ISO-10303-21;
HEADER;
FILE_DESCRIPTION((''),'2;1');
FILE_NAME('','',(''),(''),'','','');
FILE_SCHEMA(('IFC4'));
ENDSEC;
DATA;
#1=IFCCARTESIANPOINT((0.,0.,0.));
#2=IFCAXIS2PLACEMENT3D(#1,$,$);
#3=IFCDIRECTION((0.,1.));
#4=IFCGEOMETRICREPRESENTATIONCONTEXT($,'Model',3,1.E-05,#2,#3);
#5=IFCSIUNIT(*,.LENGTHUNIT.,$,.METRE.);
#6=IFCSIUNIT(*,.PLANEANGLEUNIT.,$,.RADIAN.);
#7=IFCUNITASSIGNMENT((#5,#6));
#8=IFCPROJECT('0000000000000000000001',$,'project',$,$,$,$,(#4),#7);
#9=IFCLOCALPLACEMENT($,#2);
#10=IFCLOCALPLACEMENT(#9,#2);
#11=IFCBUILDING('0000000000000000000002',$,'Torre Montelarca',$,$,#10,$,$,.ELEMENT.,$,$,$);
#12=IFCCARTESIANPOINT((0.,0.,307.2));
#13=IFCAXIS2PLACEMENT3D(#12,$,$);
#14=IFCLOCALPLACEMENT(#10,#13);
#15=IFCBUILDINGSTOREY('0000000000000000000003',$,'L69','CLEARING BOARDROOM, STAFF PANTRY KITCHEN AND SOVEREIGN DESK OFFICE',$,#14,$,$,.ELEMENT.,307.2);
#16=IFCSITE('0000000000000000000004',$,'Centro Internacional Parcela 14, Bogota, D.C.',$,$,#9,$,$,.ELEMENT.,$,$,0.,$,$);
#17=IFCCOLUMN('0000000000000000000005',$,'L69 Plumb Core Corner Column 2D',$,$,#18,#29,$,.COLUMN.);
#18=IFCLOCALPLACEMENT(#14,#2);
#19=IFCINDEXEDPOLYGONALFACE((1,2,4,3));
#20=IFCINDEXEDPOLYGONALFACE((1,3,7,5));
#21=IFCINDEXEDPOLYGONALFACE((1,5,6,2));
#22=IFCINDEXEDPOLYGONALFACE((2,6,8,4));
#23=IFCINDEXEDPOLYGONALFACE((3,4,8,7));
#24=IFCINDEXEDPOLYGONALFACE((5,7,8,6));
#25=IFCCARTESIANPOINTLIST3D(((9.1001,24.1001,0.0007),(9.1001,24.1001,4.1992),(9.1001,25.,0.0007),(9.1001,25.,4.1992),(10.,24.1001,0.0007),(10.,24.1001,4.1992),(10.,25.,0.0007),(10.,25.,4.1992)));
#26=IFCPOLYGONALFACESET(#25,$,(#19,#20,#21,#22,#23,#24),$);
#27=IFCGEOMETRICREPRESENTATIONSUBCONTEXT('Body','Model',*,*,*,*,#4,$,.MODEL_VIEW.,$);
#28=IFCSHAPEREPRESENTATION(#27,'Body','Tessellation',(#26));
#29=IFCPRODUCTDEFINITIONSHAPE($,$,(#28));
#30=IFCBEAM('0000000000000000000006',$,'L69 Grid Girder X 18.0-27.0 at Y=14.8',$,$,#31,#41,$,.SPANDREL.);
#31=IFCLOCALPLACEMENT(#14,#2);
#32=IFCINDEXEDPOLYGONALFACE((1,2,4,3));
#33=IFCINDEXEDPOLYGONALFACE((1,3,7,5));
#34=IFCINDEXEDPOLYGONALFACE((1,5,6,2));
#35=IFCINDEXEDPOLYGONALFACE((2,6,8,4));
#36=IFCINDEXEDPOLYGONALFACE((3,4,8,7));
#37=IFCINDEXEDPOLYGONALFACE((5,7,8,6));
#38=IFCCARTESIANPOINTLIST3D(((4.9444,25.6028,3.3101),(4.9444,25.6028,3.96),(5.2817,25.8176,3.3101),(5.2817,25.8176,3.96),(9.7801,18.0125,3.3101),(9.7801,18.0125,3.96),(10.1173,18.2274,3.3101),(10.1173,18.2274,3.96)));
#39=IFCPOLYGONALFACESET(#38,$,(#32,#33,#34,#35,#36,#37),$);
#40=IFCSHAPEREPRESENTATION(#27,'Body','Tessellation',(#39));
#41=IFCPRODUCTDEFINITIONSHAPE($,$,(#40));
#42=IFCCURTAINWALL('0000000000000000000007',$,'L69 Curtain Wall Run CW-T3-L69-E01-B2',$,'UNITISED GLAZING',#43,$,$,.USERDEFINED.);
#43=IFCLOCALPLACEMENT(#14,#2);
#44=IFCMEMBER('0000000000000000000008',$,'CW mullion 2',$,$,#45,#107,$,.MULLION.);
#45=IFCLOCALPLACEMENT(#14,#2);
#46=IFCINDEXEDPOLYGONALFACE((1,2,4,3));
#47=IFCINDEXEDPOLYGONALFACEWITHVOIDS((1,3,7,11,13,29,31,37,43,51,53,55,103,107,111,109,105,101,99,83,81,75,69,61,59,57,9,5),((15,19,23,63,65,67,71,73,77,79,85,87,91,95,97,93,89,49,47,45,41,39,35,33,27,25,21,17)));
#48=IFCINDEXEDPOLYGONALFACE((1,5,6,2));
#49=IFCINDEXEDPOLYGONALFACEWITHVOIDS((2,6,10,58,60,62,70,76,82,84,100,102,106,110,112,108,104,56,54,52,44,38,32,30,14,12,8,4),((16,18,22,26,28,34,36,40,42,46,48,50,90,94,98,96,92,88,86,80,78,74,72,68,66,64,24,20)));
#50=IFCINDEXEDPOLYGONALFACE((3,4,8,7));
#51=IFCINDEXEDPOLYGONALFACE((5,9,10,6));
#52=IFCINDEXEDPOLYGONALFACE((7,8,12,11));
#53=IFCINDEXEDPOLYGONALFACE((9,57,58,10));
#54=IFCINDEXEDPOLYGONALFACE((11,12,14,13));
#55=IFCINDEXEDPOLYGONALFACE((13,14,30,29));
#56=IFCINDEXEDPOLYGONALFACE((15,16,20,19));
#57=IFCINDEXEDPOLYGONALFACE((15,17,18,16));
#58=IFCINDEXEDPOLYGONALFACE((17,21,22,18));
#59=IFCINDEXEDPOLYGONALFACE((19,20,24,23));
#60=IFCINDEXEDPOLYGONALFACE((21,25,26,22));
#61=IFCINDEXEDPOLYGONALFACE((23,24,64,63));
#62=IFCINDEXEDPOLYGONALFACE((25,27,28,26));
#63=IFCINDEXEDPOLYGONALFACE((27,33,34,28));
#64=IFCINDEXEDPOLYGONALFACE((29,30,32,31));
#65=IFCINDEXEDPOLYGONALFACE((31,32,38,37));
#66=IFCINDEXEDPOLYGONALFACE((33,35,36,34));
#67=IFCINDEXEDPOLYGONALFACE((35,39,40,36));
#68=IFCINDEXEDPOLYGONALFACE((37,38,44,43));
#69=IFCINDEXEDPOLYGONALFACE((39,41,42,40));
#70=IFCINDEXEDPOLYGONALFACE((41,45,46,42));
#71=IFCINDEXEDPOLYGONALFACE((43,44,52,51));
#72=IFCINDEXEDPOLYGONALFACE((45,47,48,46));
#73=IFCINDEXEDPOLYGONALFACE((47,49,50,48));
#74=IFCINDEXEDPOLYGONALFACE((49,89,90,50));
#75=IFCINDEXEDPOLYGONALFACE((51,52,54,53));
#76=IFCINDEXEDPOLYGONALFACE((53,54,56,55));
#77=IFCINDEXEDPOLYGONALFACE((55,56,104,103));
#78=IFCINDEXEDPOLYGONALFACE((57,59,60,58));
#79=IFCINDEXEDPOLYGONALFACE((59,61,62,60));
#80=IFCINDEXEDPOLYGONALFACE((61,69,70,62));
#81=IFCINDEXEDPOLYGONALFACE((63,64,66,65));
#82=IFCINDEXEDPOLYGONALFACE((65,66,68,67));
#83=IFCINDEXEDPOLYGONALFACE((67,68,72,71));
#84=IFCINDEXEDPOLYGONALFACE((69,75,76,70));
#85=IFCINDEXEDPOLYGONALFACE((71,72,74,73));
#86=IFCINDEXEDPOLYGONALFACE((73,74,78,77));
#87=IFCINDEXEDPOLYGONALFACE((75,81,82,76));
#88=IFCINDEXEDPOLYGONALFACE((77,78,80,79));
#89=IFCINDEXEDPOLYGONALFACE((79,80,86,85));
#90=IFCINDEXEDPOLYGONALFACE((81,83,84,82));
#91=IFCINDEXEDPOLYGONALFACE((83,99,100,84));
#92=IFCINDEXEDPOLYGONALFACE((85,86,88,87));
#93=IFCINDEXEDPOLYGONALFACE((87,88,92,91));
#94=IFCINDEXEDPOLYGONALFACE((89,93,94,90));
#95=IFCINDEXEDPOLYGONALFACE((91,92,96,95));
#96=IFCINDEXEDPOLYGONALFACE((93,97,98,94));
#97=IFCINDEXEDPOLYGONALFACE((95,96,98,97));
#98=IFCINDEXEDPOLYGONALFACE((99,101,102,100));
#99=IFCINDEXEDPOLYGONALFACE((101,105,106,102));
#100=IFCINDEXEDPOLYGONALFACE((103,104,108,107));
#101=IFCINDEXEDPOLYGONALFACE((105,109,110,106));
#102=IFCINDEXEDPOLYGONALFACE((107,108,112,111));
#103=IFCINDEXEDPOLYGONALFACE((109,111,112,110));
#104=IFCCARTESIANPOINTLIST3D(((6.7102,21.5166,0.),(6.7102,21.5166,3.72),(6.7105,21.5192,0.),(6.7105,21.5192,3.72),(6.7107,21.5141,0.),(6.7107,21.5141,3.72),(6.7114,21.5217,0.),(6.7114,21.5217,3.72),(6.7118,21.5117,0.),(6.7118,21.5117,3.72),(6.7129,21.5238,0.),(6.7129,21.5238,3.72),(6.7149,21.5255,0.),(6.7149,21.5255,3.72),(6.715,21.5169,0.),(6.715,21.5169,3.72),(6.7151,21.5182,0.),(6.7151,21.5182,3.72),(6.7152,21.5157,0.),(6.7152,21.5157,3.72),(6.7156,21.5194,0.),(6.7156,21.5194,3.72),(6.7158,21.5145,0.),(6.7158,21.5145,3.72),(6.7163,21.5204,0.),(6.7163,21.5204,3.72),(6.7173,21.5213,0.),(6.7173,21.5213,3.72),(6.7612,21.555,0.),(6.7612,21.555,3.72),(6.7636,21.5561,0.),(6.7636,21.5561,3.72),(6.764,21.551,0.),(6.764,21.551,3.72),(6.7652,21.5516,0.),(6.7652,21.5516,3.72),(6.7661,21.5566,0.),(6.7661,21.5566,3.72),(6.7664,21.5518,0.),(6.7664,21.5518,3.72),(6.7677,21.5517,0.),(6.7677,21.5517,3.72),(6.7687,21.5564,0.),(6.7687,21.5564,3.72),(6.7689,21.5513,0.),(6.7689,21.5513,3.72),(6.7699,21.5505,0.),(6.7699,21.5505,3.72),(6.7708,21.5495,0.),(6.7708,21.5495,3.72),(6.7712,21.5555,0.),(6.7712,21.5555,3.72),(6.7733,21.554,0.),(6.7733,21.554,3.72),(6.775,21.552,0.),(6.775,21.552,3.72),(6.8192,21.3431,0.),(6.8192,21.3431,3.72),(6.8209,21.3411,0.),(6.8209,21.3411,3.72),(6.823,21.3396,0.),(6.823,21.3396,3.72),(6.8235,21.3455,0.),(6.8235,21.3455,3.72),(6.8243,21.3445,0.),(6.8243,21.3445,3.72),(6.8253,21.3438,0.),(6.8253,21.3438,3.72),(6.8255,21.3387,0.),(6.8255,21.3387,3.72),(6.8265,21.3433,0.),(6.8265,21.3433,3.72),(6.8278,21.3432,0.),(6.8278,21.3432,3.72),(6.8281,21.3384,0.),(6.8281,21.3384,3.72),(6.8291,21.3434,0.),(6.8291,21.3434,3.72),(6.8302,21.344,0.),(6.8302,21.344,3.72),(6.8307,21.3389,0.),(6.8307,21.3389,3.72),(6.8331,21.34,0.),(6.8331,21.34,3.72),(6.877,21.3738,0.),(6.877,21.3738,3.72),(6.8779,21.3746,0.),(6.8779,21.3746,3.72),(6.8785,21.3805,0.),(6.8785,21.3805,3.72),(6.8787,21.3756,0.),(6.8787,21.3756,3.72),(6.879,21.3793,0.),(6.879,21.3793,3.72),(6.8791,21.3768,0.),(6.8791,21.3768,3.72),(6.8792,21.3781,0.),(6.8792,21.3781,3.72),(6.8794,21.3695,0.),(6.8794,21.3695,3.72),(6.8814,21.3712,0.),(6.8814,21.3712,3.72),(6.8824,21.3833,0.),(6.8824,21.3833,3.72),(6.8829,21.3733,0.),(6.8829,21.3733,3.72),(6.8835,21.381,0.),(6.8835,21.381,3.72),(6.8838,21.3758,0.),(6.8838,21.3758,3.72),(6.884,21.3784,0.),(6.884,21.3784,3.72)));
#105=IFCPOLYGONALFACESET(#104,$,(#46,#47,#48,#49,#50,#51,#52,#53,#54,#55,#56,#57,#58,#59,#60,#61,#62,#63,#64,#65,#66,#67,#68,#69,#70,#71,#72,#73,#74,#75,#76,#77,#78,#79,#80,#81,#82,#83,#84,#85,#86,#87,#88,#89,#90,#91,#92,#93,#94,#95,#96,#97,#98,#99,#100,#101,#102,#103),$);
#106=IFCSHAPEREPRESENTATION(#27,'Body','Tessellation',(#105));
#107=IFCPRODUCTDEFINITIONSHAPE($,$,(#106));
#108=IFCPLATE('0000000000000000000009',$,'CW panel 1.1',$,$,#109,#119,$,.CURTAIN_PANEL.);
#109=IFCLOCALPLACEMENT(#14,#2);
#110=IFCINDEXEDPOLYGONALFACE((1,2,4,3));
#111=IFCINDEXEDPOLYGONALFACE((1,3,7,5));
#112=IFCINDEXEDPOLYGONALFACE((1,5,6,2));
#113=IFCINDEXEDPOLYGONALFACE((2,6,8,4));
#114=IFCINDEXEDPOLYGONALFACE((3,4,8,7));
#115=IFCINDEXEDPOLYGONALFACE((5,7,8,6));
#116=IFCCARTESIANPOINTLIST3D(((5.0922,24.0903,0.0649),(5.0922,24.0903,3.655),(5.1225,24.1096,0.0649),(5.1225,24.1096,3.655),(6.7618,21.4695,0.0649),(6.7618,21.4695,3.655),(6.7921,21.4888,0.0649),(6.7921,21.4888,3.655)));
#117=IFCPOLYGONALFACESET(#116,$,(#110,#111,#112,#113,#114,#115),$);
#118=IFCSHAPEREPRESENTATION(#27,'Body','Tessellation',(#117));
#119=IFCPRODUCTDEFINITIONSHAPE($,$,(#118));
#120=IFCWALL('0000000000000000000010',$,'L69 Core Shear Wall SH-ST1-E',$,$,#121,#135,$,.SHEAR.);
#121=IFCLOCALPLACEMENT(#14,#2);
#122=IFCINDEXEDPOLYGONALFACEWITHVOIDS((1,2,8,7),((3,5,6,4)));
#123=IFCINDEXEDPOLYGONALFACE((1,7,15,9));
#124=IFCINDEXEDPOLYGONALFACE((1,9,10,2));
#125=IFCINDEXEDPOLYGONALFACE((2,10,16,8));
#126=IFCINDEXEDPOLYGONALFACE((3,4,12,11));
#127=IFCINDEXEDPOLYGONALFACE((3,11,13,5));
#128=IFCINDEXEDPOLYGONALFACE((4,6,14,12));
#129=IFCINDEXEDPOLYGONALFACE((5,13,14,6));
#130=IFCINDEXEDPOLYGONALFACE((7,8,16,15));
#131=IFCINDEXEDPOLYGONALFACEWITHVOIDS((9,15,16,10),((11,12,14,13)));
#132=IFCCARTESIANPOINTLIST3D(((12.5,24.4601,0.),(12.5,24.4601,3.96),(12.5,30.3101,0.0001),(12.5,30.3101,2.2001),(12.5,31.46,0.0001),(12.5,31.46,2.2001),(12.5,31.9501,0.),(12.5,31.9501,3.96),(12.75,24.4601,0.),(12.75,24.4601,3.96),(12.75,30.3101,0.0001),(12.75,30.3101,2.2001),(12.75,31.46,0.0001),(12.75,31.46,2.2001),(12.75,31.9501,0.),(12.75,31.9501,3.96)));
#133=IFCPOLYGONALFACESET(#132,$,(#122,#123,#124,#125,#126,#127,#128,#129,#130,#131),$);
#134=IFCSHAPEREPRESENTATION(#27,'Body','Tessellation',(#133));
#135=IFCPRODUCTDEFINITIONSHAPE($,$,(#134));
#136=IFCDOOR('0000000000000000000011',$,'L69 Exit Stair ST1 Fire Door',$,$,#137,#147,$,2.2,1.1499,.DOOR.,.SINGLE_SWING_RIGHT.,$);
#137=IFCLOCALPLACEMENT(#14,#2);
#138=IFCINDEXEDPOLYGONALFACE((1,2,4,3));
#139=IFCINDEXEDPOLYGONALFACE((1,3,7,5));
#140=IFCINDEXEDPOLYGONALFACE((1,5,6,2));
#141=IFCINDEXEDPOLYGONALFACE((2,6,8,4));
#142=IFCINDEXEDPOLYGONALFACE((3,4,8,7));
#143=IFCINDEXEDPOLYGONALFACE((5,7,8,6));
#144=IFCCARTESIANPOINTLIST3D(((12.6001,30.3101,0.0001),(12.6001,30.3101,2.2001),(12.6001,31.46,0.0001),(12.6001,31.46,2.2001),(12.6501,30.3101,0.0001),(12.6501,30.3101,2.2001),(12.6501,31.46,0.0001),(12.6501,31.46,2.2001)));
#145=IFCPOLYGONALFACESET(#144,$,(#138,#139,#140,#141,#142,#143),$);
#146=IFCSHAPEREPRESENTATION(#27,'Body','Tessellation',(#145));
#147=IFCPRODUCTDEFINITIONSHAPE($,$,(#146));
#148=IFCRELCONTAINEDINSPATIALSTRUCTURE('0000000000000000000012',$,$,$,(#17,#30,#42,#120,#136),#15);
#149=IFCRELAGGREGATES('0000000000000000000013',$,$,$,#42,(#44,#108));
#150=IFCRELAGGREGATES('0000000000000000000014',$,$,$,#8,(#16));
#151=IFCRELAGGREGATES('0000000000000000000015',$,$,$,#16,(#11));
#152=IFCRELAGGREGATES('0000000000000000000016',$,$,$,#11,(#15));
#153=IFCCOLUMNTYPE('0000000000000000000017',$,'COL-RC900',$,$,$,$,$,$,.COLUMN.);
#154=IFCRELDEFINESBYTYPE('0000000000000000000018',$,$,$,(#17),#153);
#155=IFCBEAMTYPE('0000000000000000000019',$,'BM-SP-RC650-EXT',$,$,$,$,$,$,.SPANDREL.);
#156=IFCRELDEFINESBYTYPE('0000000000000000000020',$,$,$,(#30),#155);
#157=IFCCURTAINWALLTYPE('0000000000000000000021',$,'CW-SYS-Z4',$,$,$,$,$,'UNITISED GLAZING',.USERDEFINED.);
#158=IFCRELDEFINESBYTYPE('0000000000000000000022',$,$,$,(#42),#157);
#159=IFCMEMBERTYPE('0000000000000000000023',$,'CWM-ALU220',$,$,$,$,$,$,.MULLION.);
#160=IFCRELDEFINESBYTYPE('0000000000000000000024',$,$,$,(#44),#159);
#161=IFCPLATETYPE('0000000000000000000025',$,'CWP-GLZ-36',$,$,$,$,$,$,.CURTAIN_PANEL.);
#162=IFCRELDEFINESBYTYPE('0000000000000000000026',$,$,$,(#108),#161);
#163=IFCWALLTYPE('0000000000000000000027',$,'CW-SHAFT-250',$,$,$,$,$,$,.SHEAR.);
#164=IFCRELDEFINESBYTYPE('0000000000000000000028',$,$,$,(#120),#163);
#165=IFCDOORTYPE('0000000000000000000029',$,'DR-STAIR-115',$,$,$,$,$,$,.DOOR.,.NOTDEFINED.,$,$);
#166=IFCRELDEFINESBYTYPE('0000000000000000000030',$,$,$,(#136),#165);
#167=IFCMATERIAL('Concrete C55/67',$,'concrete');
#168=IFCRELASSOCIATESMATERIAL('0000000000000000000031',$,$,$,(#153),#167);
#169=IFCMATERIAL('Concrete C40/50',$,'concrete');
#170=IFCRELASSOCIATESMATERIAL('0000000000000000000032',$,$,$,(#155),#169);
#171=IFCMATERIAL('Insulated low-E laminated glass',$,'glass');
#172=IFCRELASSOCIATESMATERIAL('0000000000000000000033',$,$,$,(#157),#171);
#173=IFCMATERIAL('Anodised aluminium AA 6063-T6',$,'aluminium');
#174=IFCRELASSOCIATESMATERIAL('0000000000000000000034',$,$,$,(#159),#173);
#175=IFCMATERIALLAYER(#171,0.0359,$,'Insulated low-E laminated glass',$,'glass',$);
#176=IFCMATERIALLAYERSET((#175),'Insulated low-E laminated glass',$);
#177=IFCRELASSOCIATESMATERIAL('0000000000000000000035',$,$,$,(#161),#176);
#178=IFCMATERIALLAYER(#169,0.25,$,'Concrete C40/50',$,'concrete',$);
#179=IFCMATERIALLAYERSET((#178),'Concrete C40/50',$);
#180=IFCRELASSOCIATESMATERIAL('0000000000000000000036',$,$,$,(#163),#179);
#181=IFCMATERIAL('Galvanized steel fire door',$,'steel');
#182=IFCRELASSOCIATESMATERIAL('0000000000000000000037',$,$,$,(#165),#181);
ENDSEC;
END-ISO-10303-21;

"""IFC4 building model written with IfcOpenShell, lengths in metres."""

from ifc_helpers import new_model, si_unit, direction, frame, frame_2d, origin, origin_2d, place, context, subcontext, project, spatial, rectangle, hollow_rectangle, extrude, source, transform, mapped, material, layer, layer_set, material_profile, profile_set, type_object, element, fill, aggregate, save


model = new_model("IFC4")

# Units and contexts
model_context = context("Model", 3, precision=1e-05, world=origin(), true_north=direction((0.0, 1.0)))
body_context = subcontext(model_context, "Body", "Model", "MODEL_VIEW")
ifc_project = project(units=[si_unit("LENGTHUNIT", "METRE"), si_unit("PLANEANGLEUNIT", "RADIAN")], contexts=[model_context])

# Site, building, storey
site_placement = place(None, origin())
site = spatial("IfcSite", under=ifc_project, at=site_placement, Name="Centro Internacional Parcela 14, Bogota, D.C.", CompositionType="ELEMENT", RefElevation=0.0)
building_placement = place(site_placement, origin())
building = spatial("IfcBuilding", under=site, at=building_placement, Name="Torre Montelarca", CompositionType="ELEMENT")
storey_placement = place(building_placement, frame((0.0, 0.0, 307.2)))
storey = spatial("IfcBuildingStorey", under=building, at=storey_placement, Name="L69", Description="CLEARING BOARDROOM, STAFF PANTRY KITCHEN AND SOVEREIGN DESK OFFICE", CompositionType="ELEMENT", Elevation=307.2)

# Column
ifc_material_1 = material(Name="Concrete C55/67", Category="concrete")
ifc_material_profile_1 = material_profile(ifc_material_1, rectangle(XDim=0.8999, YDim=0.8999, at=origin_2d()), Name="RC900X900", Category="concrete")
ifc_profile_set_1 = profile_set([ifc_material_profile_1], Name="Concrete C55/67")
column_type = type_object("IfcColumnType", Name="COL-RC900", PredefinedType="COLUMN", material=ifc_profile_set_1)
shared_shape_1 = source(origin(), body_context, "Body", "SweptSolid", [
    extrude(rectangle(XDim=0.8999, YDim=0.8999, at=origin_2d()), origin(), (0.0, 0.0, 1.0), 4.1985),
])
column_placement = place(storey_placement, frame((9.55, 24.55, 0.0007), z_axis=(0.0, 0.0, 1.0), x_axis=(1.0, 0.0, 0.0)))
element("IfcColumn", 1, at=column_placement, inside=storey, type_object=column_type, Name="L69 Plumb Core Corner Column 2D", PredefinedType="COLUMN", context=body_context, shape_type="MappedRepresentation", body=[
    mapped(shared_shape_1, transform((0.0, 0.0, 0.0), scale=1.0)),
])

# Beam
ifc_material_2 = material(Name="Concrete C40/50", Category="concrete")
ifc_material_profile_2 = material_profile(ifc_material_2, rectangle(XDim=0.3999, YDim=0.6499, at=origin_2d()), Name="RCB400X650", Category="concrete")
ifc_profile_set_2 = profile_set([ifc_material_profile_2], Name="Concrete C40/50")
beam_type = type_object("IfcBeamType", Name="BM-SP-RC650-EXT", PredefinedType="SPANDREL", material=ifc_profile_set_2)
shared_shape_2 = source(origin(), body_context, "Body", "SweptSolid", [
    extrude(rectangle(XDim=0.3999, YDim=0.6499, at=origin_2d()), origin(), (0.0, 0.0, 1.0), 8.9998),
])
beam_placement = place(storey_placement, frame((5.113, 25.7102, 3.635), z_axis=(0.537309, -0.843385, 0.0), x_axis=(0.843385, 0.537309, 0.0)))
element("IfcBeam", 2, at=beam_placement, inside=storey, type_object=beam_type, Name="L69 Grid Girder X 18.0-27.0 at Y=14.8", PredefinedType="SPANDREL", context=body_context, shape_type="MappedRepresentation", body=[
    mapped(shared_shape_2, transform((0.0, 0.0, 0.0), scale=1.0)),
])

# Curtain wall, member, plate
ifc_material_3 = material(Name="Insulated low-E laminated glass", Category="glass")
curtain_wall_type = type_object("IfcCurtainWallType", Name="CW-SYS-Z4", ElementType="UNITISED GLAZING", PredefinedType="USERDEFINED", material=ifc_material_3)
curtain_wall_placement = place(storey_placement, origin())
curtain_wall = element("IfcCurtainWall", 3, at=curtain_wall_placement, inside=storey, type_object=curtain_wall_type, Name="L69 Curtain Wall Run CW-T3-L69-E01-B2", ObjectType="UNITISED GLAZING", PredefinedType="USERDEFINED")
ifc_material_4 = material(Name="Anodised aluminium AA 6063-T6", Category="aluminium")
ifc_material_profile_3 = material_profile(ifc_material_4, hollow_rectangle(XDim=0.075, YDim=0.22, WallThickness=0.0049, InnerFilletRadius=0.0049, OuterFilletRadius=0.01, at=origin_2d()), Name="ALU75X220X5", Category="aluminium")
ifc_profile_set_3 = profile_set([ifc_material_profile_3], Name="Anodised aluminium AA 6063-T6")
member_type = type_object("IfcMemberType", Name="CWM-ALU220", PredefinedType="MULLION", material=ifc_profile_set_3)
shared_shape_3 = source(origin(), body_context, "Body", "SweptSolid", [
    extrude(hollow_rectangle(XDim=0.075, YDim=0.22, WallThickness=0.0049, InnerFilletRadius=0.0049, OuterFilletRadius=0.01, at=origin_2d()), origin(), (0.0, 0.0, 1.0), 3.72),
])
member_placement = place(storey_placement, frame((6.7971, 21.4475, 0.0), z_axis=(0.0, 0.0, 1.0), x_axis=(0.84339, 0.537301, 0.0)))
member = element("IfcMember", 4, at=member_placement, type_object=member_type, Name="CW mullion 2", PredefinedType="MULLION", context=body_context, shape_type="MappedRepresentation", body=[
    mapped(shared_shape_3, transform((0.0, 0.0, 0.0), scale=1.0)),
])
ifc_layer_1 = layer(ifc_material_3, 0.0359, Name="Insulated low-E laminated glass", Category="glass")
ifc_layer_set_1 = layer_set([ifc_layer_1], Name="Insulated low-E laminated glass")
plate_type = type_object("IfcPlateType", Name="CWP-GLZ-36", PredefinedType="CURTAIN_PANEL", material=ifc_layer_set_1)
shared_shape_4 = source(origin(), body_context, "Body", "SweptSolid", [
    extrude(rectangle(XDim=3.1074, YDim=0.0359, at=origin_2d()), origin(), (0.0, 0.0, 1.0), 3.5901),
])
plate_placement = place(storey_placement, frame((5.9421, 22.7896, 0.0649), z_axis=(0.0, 0.0, 1.0), x_axis=(0.537301, -0.84339, 0.0)))
plate = element("IfcPlate", 5, at=plate_placement, type_object=plate_type, Name="CW panel 1.1", PredefinedType="CURTAIN_PANEL", context=body_context, shape_type="MappedRepresentation", body=[
    mapped(shared_shape_4, transform((0.0, 0.0, 0.0), scale=1.0)),
])
aggregate(curtain_wall, [member, plate])

# Wall, opening, door
ifc_layer_2 = layer(ifc_material_2, 0.25, Name="Concrete C40/50", Category="concrete")
ifc_layer_set_2 = layer_set([ifc_layer_2], Name="Concrete C40/50")
wall_type_1 = type_object("IfcWallType", Name="CW-SHAFT-250", PredefinedType="SHEAR", material=ifc_layer_set_2)
wall_1_placement = place(storey_placement, frame((12.625, 24.46, 0.0), z_axis=(0.0, 0.0, 1.0), x_axis=(0.0, 1.0, 0.0)))
wall_1 = element("IfcWall", 6, at=wall_1_placement, inside=storey, type_object=wall_type_1, Name="L69 Core Shear Wall SH-ST1-E", PredefinedType="SHEAR", context=body_context, shape_type="SweptSolid", body=[
    extrude(rectangle(XDim=7.49, YDim=0.25, at=frame_2d((3.7451, 0.0))), origin(), (0.0, 0.0, 1.0), 3.96),
])
opening_1_placement = place(wall_1_placement, frame((5.8501, 0.0, 0.0)))
opening_1 = element("IfcOpeningElement", 7, at=opening_1_placement, cuts=wall_1, PredefinedType="OPENING", context=body_context, shape_type="SweptSolid", body=[
    extrude(rectangle(XDim=1.1499, YDim=2.2, at=frame_2d((0.575, 1.1001))), frame((0.0, 0.135, 0.0), z_axis=(0.0, -1.0, 0.0), x_axis=(1.0, 0.0, 0.0)), (0.0, 0.0, 1.0), 0.27),
])
ifc_material_5 = material(Name="Galvanized steel fire door", Category="steel")
door_type_1 = type_object("IfcDoorType", Name="DR-STAIR-115", OperationType="NOTDEFINED", PredefinedType="DOOR", material=ifc_material_5)
shared_shape_5 = source(origin(), body_context, "Body", "SweptSolid", [
    extrude(rectangle(XDim=1.1499, YDim=2.2, at=frame_2d((0.575, 1.1001))), frame((0.0, 0.0249, 0.0), z_axis=(0.0, -1.0, 0.0), x_axis=(1.0, 0.0, 0.0)), (0.0, 0.0, 1.0), 0.05),
])
door_1_placement = place(opening_1_placement, origin())
door_1 = element("IfcDoor", 8, at=door_1_placement, inside=storey, type_object=door_type_1, Name="L69 Exit Stair ST1 Fire Door", OperationType="SINGLE_SWING_RIGHT", OverallHeight=2.2, OverallWidth=1.1499, PredefinedType="DOOR", context=body_context, shape_type="MappedRepresentation", body=[
    mapped(shared_shape_5, transform((0.0, 0.0, 0.0), scale=1.0)),
])
fill(opening_1, door_1)

save(model, "model.ifc")
